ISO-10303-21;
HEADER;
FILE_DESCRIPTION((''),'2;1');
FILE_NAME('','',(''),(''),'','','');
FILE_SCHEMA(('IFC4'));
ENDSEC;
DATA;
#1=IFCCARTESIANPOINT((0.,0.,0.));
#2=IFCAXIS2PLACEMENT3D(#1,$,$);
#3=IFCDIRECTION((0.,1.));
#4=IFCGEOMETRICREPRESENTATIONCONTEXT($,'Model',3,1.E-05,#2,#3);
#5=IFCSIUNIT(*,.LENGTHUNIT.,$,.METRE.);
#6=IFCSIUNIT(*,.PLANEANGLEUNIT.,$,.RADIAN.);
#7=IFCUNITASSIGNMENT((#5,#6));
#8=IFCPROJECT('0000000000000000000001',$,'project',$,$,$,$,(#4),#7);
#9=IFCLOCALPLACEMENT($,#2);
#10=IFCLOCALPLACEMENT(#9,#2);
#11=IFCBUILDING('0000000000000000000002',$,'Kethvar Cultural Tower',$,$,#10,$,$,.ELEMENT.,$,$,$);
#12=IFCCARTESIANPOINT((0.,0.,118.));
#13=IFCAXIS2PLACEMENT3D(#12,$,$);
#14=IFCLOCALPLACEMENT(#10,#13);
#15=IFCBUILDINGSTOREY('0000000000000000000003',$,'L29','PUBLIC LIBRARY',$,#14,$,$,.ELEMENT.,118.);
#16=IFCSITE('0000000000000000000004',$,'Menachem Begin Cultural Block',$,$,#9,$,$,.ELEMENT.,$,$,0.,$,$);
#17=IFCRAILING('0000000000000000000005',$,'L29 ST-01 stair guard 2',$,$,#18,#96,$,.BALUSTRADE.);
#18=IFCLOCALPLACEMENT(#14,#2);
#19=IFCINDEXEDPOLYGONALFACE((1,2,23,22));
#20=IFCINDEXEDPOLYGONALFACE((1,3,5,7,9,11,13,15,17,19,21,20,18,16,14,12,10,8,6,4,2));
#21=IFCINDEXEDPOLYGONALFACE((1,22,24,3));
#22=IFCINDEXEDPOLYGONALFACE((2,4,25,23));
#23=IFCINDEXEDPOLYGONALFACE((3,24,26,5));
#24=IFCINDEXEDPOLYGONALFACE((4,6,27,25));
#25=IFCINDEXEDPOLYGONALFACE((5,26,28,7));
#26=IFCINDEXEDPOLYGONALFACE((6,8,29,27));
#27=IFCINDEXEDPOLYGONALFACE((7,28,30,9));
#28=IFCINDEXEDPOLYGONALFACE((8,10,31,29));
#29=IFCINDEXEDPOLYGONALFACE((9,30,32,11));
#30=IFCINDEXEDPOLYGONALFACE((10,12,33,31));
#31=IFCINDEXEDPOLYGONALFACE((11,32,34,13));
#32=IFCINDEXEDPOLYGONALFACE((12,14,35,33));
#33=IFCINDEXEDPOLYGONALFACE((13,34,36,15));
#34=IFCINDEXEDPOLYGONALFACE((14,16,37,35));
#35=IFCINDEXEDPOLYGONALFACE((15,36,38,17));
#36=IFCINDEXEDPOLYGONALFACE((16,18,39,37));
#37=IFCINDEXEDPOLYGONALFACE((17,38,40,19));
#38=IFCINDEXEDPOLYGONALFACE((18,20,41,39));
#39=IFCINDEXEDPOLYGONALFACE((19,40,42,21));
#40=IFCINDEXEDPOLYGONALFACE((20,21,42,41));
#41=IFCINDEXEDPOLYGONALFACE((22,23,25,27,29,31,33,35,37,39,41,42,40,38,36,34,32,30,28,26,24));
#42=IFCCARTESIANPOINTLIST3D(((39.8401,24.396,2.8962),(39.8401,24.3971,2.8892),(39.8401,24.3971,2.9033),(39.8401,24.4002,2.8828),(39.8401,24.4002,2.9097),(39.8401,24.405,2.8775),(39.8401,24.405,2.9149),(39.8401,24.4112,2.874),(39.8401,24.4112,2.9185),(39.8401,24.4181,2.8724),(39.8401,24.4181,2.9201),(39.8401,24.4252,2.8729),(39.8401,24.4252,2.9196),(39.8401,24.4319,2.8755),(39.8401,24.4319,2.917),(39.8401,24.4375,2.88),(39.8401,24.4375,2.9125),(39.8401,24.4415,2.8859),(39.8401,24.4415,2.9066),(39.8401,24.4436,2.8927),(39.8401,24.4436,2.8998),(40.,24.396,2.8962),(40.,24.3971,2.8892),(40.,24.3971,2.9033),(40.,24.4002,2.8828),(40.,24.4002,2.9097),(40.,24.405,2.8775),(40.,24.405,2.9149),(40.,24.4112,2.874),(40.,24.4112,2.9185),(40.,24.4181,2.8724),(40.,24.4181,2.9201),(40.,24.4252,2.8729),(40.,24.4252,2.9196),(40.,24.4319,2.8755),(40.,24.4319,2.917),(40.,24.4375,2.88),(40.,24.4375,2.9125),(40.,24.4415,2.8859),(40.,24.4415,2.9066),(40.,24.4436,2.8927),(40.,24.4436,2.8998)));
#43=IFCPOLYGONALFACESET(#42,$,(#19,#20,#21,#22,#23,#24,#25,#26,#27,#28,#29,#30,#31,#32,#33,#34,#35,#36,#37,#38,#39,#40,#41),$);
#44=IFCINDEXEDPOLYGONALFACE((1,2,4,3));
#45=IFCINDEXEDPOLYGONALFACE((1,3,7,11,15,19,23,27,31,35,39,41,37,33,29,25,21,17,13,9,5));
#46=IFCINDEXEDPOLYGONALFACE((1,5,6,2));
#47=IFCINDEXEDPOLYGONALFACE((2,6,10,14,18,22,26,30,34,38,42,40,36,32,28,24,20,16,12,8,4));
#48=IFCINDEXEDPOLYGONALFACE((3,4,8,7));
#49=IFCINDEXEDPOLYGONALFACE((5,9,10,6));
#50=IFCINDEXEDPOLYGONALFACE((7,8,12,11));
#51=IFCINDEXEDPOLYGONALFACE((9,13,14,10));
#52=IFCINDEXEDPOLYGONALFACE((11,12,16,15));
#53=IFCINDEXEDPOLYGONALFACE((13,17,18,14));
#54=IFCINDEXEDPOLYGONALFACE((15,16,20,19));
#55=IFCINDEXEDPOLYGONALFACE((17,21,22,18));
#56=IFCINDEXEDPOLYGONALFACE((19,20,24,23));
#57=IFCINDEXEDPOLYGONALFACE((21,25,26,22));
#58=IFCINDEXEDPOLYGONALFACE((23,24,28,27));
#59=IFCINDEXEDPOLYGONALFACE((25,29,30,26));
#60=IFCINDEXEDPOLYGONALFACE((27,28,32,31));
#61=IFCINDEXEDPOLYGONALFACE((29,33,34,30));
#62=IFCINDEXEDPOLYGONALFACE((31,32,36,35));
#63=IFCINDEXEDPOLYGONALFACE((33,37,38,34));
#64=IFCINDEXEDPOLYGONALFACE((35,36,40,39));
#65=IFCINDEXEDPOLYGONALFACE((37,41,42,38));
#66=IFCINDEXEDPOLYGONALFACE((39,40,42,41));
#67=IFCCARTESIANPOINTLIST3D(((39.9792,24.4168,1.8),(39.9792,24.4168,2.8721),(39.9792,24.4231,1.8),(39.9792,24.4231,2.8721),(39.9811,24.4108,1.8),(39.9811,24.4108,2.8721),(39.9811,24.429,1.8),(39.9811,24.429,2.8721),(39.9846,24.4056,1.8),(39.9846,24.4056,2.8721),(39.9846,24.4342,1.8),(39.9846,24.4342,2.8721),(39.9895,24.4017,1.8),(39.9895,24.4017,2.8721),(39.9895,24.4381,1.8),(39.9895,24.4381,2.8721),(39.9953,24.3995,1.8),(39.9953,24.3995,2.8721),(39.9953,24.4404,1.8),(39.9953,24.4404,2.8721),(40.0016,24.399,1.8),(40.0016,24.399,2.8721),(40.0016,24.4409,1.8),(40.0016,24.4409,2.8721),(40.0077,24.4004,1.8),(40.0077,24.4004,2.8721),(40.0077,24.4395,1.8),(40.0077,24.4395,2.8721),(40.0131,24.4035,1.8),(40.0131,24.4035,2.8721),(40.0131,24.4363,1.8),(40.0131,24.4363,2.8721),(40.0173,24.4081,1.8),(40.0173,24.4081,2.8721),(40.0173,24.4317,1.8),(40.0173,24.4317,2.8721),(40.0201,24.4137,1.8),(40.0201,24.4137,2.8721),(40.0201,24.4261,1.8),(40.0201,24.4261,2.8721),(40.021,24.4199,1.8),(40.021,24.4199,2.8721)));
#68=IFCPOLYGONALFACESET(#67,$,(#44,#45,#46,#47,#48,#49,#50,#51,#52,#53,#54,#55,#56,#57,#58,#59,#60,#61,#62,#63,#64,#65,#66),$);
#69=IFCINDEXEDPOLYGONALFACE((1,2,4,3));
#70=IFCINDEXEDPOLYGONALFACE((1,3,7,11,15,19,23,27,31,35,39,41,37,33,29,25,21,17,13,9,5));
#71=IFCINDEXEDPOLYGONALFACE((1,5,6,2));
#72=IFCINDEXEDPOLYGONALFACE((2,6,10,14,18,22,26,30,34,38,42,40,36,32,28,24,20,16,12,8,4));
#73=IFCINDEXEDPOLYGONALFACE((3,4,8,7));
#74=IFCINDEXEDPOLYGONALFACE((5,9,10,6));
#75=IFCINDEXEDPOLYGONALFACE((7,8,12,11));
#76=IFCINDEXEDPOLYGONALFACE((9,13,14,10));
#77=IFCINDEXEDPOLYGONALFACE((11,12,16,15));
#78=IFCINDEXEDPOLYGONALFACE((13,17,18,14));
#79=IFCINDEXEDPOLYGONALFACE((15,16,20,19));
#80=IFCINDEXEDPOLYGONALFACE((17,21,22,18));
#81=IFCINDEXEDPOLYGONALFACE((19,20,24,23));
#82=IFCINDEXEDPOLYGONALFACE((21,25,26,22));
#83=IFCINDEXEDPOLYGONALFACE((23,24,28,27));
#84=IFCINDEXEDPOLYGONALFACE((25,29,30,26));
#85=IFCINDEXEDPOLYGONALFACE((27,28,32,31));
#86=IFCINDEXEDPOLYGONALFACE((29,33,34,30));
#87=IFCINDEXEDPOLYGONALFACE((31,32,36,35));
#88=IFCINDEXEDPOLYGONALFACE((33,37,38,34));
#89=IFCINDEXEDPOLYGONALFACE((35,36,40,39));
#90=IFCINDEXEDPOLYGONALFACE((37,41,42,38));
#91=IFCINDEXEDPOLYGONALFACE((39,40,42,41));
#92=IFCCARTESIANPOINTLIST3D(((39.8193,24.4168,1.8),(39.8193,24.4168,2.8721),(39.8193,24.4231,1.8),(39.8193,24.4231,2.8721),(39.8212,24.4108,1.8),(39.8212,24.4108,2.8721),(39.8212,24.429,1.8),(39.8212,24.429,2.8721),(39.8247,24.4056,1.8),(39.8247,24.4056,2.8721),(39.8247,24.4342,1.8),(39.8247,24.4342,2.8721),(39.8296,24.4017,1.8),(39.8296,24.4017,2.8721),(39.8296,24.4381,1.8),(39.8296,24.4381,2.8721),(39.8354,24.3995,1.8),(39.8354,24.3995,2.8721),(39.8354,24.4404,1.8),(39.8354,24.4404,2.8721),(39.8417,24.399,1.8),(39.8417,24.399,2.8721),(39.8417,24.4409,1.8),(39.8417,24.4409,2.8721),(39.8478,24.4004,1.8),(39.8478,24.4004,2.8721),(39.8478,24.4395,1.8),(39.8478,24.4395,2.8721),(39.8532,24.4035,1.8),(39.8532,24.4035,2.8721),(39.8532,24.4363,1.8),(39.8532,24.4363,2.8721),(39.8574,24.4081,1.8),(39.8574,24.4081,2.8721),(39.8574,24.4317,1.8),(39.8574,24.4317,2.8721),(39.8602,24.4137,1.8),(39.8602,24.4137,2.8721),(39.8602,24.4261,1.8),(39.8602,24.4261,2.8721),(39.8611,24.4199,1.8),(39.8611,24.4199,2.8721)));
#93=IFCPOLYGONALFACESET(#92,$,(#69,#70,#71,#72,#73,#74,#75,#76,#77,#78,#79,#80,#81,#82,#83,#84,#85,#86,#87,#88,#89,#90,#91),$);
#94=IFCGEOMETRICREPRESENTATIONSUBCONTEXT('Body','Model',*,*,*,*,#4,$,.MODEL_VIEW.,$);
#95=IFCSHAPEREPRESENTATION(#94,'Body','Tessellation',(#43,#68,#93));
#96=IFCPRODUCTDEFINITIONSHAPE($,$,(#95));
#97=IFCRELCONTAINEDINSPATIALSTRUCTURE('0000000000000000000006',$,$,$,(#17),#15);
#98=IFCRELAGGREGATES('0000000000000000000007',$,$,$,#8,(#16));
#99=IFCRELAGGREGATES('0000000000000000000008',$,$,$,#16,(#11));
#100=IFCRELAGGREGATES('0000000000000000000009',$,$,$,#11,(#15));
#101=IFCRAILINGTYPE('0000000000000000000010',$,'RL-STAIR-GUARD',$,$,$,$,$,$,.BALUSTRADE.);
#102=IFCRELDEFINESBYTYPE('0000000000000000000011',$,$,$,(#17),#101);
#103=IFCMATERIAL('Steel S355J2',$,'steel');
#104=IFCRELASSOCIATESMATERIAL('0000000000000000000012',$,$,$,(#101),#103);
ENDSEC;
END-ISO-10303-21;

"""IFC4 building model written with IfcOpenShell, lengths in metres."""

from ifc_helpers import new_model, si_unit, direction, frame, origin, origin_2d, place, context, subcontext, project, spatial, circle, extrude, material, type_object, element, save


model = new_model("IFC4")

# Units and contexts
model_context = context("Model", 3, precision=1e-05, world=origin(), true_north=direction((0.0, 1.0)))
body_context = subcontext(model_context, "Body", "Model", "MODEL_VIEW")
ifc_project = project(units=[si_unit("LENGTHUNIT", "METRE"), si_unit("PLANEANGLEUNIT", "RADIAN")], contexts=[model_context])

# Site, building, storey
site_placement = place(None, origin())
site = spatial("IfcSite", under=ifc_project, at=site_placement, Name="Menachem Begin Cultural Block", CompositionType="ELEMENT", RefElevation=0.0)
building_placement = place(site_placement, origin())
building = spatial("IfcBuilding", under=site, at=building_placement, Name="Kethvar Cultural Tower", CompositionType="ELEMENT")
storey_placement = place(building_placement, frame((0.0, 0.0, 118.0)))
storey = spatial("IfcBuildingStorey", under=building, at=storey_placement, Name="L29", Description="PUBLIC LIBRARY", CompositionType="ELEMENT", Elevation=118.0)

# Shared definitions
ifc_material_1 = material(Name="Steel S355J2", Category="steel")

# Railing
railing_type_1 = type_object("IfcRailingType", Name="RL-STAIR-GUARD", PredefinedType="BALUSTRADE", material=ifc_material_1)
railing_1_placement = place(storey_placement, frame((40.0, 24.4199, 1.8)))
element("IfcRailing", 1, at=railing_1_placement, inside=storey, type_object=railing_type_1, Name="L29 ST-01 stair guard 2", PredefinedType="BALUSTRADE", context=body_context, shape_type="SweptSolid", body=[
    extrude(circle(Radius=0.0239, at=origin_2d()), frame((0.0, 0.0, 1.0962), z_axis=(-1.0, 0.0, 0.0), x_axis=(0.0, -1.0, 0.0)), (0.0, 0.0, 1.0), 0.1599),
    extrude(circle(Radius=0.021, at=origin_2d()), origin(), (0.0, 0.0, 1.0), 1.072),
    extrude(circle(Radius=0.021, at=origin_2d()), frame((-0.1599, 0.0, 0.0)), (0.0, 0.0, 1.0), 1.072),
])

save(model, "model.ifc")
